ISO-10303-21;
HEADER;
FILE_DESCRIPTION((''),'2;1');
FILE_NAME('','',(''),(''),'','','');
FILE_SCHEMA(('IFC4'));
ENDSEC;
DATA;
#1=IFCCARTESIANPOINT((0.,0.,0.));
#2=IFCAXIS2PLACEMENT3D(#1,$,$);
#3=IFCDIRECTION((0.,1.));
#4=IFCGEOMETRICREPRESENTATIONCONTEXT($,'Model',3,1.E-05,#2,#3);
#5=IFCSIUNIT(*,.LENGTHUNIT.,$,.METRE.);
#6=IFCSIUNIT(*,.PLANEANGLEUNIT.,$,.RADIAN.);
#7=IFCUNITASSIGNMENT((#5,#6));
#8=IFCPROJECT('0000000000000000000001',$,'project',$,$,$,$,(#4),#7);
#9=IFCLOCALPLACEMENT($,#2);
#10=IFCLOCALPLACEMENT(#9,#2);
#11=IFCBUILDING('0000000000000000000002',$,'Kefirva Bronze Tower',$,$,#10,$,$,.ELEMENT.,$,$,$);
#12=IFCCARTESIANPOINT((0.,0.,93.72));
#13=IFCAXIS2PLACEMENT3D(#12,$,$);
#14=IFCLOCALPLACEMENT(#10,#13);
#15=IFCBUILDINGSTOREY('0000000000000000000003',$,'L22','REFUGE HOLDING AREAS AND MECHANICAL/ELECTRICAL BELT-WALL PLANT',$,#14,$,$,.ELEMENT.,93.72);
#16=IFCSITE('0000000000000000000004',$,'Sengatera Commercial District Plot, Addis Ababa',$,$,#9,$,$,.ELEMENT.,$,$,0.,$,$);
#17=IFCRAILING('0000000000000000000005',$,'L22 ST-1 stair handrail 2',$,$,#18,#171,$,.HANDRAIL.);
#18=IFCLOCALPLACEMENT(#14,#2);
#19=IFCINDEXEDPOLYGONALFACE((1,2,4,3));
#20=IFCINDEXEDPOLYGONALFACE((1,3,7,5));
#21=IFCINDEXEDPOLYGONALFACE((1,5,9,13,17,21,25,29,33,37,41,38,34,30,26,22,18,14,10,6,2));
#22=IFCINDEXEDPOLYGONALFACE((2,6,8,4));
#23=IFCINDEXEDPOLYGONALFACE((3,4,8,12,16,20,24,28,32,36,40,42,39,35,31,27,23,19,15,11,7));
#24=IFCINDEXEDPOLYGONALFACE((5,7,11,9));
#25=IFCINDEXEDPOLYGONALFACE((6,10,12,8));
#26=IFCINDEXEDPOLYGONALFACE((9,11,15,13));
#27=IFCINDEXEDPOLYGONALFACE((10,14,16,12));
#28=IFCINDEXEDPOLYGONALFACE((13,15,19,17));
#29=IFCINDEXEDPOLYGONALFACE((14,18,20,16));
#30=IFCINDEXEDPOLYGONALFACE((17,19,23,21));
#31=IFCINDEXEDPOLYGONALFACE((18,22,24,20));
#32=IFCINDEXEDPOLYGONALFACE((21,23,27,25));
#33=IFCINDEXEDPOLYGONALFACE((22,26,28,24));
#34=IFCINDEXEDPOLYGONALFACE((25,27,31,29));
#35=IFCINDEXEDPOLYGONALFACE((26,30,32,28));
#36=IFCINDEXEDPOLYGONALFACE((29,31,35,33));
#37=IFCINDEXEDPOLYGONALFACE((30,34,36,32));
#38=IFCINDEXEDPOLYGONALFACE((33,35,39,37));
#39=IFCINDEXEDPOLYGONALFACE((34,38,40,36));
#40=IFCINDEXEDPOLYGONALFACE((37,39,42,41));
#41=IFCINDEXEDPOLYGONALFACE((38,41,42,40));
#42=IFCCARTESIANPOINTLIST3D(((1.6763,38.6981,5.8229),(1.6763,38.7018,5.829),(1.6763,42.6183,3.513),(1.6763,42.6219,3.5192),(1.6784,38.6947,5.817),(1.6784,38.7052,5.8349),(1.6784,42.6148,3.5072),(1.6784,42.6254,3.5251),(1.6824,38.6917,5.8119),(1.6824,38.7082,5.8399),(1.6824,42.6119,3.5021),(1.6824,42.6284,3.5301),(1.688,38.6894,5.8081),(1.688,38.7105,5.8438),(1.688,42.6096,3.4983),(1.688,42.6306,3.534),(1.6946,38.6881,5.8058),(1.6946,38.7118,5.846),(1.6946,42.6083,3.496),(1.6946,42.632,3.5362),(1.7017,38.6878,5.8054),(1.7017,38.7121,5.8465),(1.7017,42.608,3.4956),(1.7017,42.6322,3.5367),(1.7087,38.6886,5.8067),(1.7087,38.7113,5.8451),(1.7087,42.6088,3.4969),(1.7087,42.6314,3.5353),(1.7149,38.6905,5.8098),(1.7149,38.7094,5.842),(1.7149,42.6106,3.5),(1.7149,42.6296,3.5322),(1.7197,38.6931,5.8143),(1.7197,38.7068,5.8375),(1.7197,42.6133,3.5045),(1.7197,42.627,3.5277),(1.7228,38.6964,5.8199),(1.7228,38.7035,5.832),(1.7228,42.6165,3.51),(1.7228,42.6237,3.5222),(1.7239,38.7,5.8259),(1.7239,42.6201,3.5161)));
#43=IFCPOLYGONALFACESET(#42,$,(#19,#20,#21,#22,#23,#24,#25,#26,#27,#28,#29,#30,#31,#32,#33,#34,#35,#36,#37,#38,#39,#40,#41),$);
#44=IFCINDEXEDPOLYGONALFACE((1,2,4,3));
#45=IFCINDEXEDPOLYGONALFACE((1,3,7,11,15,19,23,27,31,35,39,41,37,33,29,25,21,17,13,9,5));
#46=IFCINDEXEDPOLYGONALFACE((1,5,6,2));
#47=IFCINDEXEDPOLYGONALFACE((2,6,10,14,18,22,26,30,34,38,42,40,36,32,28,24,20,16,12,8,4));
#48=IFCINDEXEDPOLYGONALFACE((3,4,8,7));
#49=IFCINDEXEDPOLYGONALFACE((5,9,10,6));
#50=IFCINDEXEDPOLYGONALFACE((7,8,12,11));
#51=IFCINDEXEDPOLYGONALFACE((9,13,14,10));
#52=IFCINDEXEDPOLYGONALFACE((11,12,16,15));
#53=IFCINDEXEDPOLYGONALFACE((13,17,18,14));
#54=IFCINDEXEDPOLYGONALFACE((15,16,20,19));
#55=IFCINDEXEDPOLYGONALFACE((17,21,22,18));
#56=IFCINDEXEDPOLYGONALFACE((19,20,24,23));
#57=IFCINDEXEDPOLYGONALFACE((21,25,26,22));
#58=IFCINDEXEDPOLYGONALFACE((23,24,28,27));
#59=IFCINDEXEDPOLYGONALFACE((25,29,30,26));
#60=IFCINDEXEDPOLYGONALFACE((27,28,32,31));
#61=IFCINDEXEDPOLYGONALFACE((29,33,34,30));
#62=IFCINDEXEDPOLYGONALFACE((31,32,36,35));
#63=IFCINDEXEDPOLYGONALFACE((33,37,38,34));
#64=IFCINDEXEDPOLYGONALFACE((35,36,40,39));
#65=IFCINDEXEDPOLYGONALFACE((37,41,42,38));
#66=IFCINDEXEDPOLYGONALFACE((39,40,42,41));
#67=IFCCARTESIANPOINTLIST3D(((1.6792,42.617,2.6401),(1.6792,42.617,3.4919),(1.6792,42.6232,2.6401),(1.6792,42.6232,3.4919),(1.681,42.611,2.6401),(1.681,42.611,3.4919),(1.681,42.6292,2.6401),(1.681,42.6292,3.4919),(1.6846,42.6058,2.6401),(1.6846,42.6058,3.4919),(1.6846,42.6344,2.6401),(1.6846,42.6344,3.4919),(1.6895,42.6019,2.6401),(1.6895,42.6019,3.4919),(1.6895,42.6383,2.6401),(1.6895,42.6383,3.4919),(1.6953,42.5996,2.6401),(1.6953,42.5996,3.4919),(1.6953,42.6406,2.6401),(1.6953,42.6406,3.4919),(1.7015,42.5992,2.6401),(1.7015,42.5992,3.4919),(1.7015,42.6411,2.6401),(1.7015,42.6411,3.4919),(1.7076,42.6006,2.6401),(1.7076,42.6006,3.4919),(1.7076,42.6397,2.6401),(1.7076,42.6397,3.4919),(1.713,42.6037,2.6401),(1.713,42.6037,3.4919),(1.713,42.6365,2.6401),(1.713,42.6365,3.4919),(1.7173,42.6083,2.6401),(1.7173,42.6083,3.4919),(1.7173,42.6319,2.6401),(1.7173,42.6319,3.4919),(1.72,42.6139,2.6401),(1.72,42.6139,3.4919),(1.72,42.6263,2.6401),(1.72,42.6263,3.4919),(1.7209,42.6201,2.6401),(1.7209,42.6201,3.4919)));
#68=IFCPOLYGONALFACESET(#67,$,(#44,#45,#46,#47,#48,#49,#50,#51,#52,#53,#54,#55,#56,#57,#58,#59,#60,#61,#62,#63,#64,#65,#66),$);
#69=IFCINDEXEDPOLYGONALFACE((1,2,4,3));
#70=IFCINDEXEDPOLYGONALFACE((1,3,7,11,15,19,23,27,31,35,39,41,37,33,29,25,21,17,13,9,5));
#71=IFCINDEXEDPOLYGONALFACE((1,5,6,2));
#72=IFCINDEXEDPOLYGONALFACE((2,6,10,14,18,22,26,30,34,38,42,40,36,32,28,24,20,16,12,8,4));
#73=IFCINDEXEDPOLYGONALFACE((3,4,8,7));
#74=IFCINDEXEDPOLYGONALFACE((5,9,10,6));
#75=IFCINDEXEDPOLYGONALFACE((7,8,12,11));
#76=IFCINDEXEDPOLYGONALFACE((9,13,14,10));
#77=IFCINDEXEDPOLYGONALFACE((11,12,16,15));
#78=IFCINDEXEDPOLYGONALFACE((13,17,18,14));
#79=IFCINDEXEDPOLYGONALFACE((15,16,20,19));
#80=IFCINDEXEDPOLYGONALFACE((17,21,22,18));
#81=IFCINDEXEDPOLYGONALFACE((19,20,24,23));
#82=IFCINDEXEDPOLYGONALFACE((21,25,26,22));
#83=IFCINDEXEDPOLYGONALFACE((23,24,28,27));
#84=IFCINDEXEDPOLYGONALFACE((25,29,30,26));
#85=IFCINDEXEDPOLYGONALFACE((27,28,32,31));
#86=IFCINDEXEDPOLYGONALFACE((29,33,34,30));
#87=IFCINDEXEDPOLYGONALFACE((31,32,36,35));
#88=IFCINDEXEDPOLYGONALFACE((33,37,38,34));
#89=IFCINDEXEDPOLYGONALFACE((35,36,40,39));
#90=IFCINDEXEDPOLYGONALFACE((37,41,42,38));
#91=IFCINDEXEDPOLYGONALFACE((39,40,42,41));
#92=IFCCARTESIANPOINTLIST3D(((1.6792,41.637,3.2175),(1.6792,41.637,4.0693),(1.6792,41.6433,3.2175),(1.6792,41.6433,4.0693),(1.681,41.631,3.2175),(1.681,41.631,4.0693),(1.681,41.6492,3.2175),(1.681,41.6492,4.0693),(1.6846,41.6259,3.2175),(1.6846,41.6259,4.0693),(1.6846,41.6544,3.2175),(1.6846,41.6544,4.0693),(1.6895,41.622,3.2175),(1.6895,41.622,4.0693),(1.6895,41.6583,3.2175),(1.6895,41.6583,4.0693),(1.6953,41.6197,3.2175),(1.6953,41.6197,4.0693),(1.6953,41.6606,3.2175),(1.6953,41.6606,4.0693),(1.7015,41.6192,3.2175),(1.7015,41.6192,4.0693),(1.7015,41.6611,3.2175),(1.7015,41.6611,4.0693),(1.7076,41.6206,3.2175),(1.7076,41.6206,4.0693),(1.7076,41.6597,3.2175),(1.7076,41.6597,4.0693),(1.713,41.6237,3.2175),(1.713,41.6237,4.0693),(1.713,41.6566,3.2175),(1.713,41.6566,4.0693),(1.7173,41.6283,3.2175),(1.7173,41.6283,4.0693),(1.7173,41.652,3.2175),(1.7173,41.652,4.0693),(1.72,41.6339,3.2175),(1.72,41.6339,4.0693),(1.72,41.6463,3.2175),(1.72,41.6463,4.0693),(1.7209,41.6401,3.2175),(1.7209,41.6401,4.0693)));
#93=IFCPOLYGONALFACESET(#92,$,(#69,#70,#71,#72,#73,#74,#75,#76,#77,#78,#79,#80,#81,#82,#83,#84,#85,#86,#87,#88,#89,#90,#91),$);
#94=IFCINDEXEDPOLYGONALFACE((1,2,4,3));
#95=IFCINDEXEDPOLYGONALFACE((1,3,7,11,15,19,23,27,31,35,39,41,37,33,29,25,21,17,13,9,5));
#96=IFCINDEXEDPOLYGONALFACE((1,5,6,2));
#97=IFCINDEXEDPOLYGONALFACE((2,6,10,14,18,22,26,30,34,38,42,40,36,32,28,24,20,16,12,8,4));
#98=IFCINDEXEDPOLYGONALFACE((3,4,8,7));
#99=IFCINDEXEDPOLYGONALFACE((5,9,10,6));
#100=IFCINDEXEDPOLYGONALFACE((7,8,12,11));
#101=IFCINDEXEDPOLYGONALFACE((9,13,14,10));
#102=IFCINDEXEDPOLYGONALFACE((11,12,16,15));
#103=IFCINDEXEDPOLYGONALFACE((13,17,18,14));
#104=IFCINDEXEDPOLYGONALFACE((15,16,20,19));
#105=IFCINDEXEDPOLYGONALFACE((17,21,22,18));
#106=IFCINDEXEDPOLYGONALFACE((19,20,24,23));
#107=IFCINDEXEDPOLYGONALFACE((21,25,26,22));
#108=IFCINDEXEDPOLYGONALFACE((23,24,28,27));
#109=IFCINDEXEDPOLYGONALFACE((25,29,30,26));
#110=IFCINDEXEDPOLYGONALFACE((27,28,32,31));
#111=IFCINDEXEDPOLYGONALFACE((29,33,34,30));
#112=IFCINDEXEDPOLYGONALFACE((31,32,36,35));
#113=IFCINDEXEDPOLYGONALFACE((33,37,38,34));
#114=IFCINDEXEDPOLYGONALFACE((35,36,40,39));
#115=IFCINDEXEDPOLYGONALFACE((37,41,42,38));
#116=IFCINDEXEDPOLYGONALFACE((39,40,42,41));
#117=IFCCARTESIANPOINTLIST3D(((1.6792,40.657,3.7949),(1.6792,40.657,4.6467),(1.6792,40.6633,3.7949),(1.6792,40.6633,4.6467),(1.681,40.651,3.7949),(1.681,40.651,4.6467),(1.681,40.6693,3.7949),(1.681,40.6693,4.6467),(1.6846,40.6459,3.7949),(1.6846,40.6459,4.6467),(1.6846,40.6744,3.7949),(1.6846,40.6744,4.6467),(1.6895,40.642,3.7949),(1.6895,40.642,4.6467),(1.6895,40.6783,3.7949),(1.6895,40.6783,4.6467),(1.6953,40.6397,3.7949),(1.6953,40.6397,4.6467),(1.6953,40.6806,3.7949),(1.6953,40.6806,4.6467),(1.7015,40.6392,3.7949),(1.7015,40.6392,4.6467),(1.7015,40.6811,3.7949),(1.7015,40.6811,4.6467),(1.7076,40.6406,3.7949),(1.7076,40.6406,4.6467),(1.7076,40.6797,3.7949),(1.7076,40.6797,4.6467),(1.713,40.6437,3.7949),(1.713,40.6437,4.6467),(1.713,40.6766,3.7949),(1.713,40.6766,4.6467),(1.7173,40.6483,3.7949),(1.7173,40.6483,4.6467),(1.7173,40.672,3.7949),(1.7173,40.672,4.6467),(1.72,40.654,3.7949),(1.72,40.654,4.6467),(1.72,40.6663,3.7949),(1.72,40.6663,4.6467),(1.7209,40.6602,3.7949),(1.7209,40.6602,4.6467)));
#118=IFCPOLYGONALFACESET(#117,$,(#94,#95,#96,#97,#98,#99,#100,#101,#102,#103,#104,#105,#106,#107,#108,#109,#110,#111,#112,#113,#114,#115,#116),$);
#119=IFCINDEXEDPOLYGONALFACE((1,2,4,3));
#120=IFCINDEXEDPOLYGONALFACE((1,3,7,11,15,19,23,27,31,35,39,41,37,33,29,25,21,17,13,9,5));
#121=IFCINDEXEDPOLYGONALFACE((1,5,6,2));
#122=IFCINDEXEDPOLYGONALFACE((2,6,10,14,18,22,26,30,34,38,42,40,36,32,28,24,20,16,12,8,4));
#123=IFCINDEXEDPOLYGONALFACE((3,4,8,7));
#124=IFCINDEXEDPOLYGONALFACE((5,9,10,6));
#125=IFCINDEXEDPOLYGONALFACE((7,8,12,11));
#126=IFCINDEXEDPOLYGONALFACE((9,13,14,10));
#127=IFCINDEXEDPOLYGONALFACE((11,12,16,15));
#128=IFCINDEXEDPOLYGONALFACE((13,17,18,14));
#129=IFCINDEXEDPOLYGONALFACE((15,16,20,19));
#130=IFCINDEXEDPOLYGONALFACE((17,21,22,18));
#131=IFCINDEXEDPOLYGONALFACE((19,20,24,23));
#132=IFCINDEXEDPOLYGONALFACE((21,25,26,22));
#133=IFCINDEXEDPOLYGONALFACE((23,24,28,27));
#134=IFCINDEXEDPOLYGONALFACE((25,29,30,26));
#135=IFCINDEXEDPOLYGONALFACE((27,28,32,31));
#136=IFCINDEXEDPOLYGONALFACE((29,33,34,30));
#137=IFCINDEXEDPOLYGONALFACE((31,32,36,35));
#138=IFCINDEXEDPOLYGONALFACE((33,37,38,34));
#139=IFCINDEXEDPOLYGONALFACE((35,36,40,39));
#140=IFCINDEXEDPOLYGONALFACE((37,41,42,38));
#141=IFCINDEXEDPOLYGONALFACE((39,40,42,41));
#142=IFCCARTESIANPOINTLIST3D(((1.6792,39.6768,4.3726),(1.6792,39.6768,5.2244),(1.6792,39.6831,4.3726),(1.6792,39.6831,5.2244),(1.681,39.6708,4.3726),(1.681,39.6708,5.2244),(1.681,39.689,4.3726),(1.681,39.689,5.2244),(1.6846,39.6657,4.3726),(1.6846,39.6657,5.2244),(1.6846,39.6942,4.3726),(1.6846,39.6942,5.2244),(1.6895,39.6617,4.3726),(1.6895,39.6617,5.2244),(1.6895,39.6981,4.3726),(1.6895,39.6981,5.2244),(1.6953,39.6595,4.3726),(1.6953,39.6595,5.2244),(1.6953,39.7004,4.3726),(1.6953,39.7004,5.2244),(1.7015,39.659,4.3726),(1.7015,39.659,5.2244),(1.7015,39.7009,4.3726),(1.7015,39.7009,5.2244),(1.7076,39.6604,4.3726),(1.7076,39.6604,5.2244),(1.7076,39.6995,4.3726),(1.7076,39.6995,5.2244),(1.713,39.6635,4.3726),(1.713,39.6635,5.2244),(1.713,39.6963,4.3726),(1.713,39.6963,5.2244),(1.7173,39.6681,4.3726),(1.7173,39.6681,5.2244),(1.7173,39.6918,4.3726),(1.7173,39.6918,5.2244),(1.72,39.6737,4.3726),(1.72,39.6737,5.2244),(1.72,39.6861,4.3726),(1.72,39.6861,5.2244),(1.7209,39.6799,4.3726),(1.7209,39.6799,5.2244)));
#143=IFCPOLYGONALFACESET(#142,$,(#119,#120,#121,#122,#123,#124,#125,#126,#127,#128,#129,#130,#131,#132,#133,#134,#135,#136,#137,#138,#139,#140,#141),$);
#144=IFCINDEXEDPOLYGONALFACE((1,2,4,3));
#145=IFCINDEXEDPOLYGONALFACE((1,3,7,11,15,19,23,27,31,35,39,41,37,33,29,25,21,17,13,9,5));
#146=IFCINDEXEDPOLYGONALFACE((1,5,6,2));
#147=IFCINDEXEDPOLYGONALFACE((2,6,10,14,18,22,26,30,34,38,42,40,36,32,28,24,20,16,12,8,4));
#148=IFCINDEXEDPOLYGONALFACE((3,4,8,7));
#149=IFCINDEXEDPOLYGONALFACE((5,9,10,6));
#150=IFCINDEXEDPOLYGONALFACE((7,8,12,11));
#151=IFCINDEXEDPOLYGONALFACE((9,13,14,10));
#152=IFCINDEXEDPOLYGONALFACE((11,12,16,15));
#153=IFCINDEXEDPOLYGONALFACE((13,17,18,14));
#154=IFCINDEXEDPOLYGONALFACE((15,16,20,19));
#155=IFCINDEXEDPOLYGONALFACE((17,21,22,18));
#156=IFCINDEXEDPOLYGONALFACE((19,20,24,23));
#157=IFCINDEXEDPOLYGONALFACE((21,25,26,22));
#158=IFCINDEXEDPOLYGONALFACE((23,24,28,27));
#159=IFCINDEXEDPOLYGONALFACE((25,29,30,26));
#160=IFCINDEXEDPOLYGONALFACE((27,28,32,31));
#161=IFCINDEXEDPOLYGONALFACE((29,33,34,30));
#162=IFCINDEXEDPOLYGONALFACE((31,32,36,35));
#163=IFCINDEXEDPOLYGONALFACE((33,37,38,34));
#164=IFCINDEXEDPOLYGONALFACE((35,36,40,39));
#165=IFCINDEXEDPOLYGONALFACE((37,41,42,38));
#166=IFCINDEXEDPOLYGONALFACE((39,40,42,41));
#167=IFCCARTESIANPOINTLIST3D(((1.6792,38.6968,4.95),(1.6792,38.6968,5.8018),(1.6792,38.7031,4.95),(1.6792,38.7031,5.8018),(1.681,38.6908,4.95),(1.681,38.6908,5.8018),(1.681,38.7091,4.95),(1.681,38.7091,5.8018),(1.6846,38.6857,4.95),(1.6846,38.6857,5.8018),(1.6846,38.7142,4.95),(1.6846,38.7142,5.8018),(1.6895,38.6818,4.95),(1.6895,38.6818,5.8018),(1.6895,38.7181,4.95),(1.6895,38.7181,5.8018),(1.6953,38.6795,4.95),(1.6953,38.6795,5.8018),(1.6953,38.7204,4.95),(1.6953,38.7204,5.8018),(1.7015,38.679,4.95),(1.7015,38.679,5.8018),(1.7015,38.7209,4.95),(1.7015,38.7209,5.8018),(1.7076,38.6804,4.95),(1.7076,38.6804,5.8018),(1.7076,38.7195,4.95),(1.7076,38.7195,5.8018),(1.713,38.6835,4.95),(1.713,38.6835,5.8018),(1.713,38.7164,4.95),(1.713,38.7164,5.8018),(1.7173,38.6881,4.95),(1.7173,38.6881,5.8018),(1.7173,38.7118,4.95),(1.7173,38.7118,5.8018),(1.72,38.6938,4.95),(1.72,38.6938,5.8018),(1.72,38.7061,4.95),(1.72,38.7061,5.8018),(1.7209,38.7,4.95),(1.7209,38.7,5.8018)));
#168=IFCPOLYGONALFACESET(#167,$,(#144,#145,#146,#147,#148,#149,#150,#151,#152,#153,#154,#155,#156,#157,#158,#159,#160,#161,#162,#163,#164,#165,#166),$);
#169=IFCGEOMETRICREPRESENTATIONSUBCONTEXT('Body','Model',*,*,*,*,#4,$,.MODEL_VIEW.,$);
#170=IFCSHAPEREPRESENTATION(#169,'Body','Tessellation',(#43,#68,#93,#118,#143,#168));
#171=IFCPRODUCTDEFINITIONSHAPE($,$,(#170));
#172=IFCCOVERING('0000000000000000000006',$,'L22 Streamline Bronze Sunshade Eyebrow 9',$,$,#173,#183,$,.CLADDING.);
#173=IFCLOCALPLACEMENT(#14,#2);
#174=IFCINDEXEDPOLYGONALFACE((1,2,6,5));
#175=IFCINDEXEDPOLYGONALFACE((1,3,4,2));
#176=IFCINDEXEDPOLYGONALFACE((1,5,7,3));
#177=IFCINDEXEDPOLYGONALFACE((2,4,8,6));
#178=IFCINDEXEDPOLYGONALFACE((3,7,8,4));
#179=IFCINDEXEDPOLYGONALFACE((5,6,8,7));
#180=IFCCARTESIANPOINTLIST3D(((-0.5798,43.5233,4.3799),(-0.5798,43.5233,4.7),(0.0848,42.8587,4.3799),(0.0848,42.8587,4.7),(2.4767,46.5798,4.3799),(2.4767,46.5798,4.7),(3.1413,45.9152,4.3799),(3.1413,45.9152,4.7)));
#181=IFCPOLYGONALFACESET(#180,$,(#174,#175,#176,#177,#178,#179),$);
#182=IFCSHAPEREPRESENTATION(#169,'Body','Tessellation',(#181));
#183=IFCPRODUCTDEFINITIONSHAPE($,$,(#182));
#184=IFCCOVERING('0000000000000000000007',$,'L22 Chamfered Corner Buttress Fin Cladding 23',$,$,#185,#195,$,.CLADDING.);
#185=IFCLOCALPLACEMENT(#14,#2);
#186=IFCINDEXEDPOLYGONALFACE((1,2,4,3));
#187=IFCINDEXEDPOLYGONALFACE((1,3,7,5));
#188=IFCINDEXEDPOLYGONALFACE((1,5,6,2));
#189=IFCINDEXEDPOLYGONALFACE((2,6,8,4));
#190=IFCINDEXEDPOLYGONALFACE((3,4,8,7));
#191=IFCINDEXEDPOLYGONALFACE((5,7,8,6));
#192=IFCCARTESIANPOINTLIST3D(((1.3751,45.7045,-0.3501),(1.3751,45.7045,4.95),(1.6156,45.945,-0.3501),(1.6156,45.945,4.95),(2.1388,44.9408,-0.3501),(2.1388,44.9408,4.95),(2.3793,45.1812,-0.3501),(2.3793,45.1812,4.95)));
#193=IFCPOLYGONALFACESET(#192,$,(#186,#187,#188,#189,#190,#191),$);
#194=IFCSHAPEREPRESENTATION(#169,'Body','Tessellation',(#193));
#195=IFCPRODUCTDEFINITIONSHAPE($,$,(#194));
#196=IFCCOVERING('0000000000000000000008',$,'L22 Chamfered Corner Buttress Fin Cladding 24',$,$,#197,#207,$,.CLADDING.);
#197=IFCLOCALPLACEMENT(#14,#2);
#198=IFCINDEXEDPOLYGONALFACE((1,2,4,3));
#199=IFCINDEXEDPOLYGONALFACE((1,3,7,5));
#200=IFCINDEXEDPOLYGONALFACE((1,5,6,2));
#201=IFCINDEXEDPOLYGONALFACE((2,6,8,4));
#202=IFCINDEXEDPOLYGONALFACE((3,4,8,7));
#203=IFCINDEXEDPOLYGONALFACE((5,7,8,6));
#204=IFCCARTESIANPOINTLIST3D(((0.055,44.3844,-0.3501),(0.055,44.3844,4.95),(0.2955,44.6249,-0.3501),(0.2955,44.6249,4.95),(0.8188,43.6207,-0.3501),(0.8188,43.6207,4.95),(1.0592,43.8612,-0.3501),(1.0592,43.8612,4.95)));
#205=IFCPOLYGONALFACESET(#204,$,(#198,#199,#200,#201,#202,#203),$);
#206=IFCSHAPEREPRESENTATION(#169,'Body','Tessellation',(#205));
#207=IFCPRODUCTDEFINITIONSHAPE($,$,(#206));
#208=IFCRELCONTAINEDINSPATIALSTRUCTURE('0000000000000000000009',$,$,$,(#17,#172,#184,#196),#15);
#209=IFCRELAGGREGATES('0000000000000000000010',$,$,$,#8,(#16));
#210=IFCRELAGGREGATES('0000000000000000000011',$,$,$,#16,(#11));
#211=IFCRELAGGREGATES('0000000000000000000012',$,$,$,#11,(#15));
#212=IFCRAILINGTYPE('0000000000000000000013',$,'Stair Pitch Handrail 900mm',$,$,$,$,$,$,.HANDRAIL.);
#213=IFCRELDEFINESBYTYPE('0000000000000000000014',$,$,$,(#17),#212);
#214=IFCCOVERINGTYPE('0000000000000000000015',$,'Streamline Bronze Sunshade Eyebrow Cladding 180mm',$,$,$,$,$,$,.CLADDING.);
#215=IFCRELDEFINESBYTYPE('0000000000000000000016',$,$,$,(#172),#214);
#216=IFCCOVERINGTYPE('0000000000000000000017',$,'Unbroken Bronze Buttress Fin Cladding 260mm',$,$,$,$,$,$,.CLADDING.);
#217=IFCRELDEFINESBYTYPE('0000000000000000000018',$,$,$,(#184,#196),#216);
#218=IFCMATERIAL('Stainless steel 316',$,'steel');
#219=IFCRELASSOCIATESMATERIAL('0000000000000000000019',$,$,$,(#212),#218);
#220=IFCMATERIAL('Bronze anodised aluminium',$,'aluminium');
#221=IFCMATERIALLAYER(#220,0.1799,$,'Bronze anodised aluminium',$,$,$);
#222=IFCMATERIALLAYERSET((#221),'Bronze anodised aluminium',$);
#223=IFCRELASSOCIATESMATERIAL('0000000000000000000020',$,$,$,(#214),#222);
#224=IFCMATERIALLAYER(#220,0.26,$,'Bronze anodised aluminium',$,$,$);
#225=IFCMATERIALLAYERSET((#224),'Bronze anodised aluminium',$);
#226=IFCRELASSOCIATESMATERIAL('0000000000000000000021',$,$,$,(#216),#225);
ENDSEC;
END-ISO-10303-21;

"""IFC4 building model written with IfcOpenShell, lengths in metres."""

from ifc_helpers import new_model, si_unit, direction, frame, origin, origin_2d, place, context, subcontext, project, spatial, rectangle, circle, extrude, material, layer, layer_set, type_object, element, save


model = new_model("IFC4")

# Units and contexts
model_context = context("Model", 3, precision=1e-05, world=origin(), true_north=direction((0.0, 1.0)))
body_context = subcontext(model_context, "Body", "Model", "MODEL_VIEW")
ifc_project = project(units=[si_unit("LENGTHUNIT", "METRE"), si_unit("PLANEANGLEUNIT", "RADIAN")], contexts=[model_context])

# Site, building, storey
site_placement = place(None, origin())
site = spatial("IfcSite", under=ifc_project, at=site_placement, Name="Sengatera Commercial District Plot, Addis Ababa", CompositionType="ELEMENT", RefElevation=0.0)
building_placement = place(site_placement, origin())
building = spatial("IfcBuilding", under=site, at=building_placement, Name="Kefirva Bronze Tower", CompositionType="ELEMENT")
storey_placement = place(building_placement, frame((0.0, 0.0, 93.72)))
storey = spatial("IfcBuildingStorey", under=building, at=storey_placement, Name="L22", Description="REFUGE HOLDING AREAS AND MECHANICAL/ELECTRICAL BELT-WALL PLANT", CompositionType="ELEMENT", Elevation=93.72)

# Shared definitions
ifc_material_1 = material(Name="Bronze anodised aluminium", Category="aluminium")

# Shared definitions
ifc_material_2 = material(Name="Stainless steel 316", Category="steel")

# Railing
railing_type_1 = type_object("IfcRailingType", Name="Stair Pitch Handrail 900mm", PredefinedType="HANDRAIL", material=ifc_material_2)
railing_1_placement = place(storey_placement, frame((1.7, 42.6201, 2.6401)))
element("IfcRailing", 1, at=railing_1_placement, inside=storey, type_object=railing_type_1, Name="L22 ST-1 stair handrail 2", PredefinedType="HANDRAIL", context=body_context, shape_type="SweptSolid", body=[
    extrude(circle(Radius=0.0239, at=origin_2d()), frame((0.0, 0.0, 0.876), z_axis=(0.0, -0.861566, 0.507646), x_axis=(1.0, 0.0, 0.0)), (0.0, 0.0, 1.0), 4.55),
    extrude(circle(Radius=0.021, at=origin_2d()), origin(), (0.0, 0.0, 1.0), 0.8518),
    extrude(circle(Radius=0.021, at=origin_2d()), frame((0.0, -0.98, 0.5774)), (0.0, 0.0, 1.0), 0.8518),
    extrude(circle(Radius=0.021, at=origin_2d()), frame((0.0, -1.96, 1.1548)), (0.0, 0.0, 1.0), 0.8518),
    extrude(circle(Radius=0.021, at=origin_2d()), frame((0.0, -2.9402, 1.7324)), (0.0, 0.0, 1.0), 0.8518),
    extrude(circle(Radius=0.021, at=origin_2d()), frame((0.0, -3.9202, 2.3098)), (0.0, 0.0, 1.0), 0.8518),
])

# Coverings
ifc_layer_1 = layer(ifc_material_1, 0.1799, Name="Bronze anodised aluminium")
ifc_layer_set_1 = layer_set([ifc_layer_1], Name="Bronze anodised aluminium")
covering_type_1 = type_object("IfcCoveringType", Name="Streamline Bronze Sunshade Eyebrow Cladding 180mm", PredefinedType="CLADDING", material=ifc_layer_set_1)
covering_1_placement = place(storey_placement, frame((1.2808, 44.7192, 4.3799), z_axis=(0.0, 0.0, 1.0), x_axis=(-0.707107, -0.707107, 0.0)))
element("IfcCovering", 2, at=covering_1_placement, inside=storey, type_object=covering_type_1, Name="L22 Streamline Bronze Sunshade Eyebrow 9", PredefinedType="CLADDING", context=body_context, shape_type="SweptSolid", body=[
    extrude(rectangle(XDim=4.3225, YDim=0.9399, at=origin_2d()), origin(), (0.0, 0.0, 1.0), 0.3201),
])
ifc_layer_2 = layer(ifc_material_1, 0.26, Name="Bronze anodised aluminium")
ifc_layer_set_2 = layer_set([ifc_layer_2], Name="Bronze anodised aluminium")
covering_type_2 = type_object("IfcCoveringType", Name="Unbroken Bronze Buttress Fin Cladding 260mm", PredefinedType="CLADDING", material=ifc_layer_set_2)
for number, where, z_axis, x_axis, name in (
    (3, (1.8772, 45.4429, -0.3501), (0.0, 0.0, 1.0), (-0.707107, -0.707107, 0.0), "L22 Chamfered Corner Buttress Fin Cladding 23"),
    (4, (0.5571, 44.1228, -0.3501), (0.0, 0.0, 1.0), (-0.707107, -0.707107, 0.0), "L22 Chamfered Corner Buttress Fin Cladding 24"),
):
    element("IfcCovering", number, at=place(storey_placement, frame(where, z_axis=z_axis, x_axis=x_axis)), inside=storey, type_object=covering_type_2, Name=name, PredefinedType="CLADDING", context=body_context, shape_type="SweptSolid", body=[
        extrude(rectangle(XDim=0.3401, YDim=1.0801, at=origin_2d()), origin(), (0.0, 0.0, 1.0), 5.3),
    ])

save(model, "model.ifc")
